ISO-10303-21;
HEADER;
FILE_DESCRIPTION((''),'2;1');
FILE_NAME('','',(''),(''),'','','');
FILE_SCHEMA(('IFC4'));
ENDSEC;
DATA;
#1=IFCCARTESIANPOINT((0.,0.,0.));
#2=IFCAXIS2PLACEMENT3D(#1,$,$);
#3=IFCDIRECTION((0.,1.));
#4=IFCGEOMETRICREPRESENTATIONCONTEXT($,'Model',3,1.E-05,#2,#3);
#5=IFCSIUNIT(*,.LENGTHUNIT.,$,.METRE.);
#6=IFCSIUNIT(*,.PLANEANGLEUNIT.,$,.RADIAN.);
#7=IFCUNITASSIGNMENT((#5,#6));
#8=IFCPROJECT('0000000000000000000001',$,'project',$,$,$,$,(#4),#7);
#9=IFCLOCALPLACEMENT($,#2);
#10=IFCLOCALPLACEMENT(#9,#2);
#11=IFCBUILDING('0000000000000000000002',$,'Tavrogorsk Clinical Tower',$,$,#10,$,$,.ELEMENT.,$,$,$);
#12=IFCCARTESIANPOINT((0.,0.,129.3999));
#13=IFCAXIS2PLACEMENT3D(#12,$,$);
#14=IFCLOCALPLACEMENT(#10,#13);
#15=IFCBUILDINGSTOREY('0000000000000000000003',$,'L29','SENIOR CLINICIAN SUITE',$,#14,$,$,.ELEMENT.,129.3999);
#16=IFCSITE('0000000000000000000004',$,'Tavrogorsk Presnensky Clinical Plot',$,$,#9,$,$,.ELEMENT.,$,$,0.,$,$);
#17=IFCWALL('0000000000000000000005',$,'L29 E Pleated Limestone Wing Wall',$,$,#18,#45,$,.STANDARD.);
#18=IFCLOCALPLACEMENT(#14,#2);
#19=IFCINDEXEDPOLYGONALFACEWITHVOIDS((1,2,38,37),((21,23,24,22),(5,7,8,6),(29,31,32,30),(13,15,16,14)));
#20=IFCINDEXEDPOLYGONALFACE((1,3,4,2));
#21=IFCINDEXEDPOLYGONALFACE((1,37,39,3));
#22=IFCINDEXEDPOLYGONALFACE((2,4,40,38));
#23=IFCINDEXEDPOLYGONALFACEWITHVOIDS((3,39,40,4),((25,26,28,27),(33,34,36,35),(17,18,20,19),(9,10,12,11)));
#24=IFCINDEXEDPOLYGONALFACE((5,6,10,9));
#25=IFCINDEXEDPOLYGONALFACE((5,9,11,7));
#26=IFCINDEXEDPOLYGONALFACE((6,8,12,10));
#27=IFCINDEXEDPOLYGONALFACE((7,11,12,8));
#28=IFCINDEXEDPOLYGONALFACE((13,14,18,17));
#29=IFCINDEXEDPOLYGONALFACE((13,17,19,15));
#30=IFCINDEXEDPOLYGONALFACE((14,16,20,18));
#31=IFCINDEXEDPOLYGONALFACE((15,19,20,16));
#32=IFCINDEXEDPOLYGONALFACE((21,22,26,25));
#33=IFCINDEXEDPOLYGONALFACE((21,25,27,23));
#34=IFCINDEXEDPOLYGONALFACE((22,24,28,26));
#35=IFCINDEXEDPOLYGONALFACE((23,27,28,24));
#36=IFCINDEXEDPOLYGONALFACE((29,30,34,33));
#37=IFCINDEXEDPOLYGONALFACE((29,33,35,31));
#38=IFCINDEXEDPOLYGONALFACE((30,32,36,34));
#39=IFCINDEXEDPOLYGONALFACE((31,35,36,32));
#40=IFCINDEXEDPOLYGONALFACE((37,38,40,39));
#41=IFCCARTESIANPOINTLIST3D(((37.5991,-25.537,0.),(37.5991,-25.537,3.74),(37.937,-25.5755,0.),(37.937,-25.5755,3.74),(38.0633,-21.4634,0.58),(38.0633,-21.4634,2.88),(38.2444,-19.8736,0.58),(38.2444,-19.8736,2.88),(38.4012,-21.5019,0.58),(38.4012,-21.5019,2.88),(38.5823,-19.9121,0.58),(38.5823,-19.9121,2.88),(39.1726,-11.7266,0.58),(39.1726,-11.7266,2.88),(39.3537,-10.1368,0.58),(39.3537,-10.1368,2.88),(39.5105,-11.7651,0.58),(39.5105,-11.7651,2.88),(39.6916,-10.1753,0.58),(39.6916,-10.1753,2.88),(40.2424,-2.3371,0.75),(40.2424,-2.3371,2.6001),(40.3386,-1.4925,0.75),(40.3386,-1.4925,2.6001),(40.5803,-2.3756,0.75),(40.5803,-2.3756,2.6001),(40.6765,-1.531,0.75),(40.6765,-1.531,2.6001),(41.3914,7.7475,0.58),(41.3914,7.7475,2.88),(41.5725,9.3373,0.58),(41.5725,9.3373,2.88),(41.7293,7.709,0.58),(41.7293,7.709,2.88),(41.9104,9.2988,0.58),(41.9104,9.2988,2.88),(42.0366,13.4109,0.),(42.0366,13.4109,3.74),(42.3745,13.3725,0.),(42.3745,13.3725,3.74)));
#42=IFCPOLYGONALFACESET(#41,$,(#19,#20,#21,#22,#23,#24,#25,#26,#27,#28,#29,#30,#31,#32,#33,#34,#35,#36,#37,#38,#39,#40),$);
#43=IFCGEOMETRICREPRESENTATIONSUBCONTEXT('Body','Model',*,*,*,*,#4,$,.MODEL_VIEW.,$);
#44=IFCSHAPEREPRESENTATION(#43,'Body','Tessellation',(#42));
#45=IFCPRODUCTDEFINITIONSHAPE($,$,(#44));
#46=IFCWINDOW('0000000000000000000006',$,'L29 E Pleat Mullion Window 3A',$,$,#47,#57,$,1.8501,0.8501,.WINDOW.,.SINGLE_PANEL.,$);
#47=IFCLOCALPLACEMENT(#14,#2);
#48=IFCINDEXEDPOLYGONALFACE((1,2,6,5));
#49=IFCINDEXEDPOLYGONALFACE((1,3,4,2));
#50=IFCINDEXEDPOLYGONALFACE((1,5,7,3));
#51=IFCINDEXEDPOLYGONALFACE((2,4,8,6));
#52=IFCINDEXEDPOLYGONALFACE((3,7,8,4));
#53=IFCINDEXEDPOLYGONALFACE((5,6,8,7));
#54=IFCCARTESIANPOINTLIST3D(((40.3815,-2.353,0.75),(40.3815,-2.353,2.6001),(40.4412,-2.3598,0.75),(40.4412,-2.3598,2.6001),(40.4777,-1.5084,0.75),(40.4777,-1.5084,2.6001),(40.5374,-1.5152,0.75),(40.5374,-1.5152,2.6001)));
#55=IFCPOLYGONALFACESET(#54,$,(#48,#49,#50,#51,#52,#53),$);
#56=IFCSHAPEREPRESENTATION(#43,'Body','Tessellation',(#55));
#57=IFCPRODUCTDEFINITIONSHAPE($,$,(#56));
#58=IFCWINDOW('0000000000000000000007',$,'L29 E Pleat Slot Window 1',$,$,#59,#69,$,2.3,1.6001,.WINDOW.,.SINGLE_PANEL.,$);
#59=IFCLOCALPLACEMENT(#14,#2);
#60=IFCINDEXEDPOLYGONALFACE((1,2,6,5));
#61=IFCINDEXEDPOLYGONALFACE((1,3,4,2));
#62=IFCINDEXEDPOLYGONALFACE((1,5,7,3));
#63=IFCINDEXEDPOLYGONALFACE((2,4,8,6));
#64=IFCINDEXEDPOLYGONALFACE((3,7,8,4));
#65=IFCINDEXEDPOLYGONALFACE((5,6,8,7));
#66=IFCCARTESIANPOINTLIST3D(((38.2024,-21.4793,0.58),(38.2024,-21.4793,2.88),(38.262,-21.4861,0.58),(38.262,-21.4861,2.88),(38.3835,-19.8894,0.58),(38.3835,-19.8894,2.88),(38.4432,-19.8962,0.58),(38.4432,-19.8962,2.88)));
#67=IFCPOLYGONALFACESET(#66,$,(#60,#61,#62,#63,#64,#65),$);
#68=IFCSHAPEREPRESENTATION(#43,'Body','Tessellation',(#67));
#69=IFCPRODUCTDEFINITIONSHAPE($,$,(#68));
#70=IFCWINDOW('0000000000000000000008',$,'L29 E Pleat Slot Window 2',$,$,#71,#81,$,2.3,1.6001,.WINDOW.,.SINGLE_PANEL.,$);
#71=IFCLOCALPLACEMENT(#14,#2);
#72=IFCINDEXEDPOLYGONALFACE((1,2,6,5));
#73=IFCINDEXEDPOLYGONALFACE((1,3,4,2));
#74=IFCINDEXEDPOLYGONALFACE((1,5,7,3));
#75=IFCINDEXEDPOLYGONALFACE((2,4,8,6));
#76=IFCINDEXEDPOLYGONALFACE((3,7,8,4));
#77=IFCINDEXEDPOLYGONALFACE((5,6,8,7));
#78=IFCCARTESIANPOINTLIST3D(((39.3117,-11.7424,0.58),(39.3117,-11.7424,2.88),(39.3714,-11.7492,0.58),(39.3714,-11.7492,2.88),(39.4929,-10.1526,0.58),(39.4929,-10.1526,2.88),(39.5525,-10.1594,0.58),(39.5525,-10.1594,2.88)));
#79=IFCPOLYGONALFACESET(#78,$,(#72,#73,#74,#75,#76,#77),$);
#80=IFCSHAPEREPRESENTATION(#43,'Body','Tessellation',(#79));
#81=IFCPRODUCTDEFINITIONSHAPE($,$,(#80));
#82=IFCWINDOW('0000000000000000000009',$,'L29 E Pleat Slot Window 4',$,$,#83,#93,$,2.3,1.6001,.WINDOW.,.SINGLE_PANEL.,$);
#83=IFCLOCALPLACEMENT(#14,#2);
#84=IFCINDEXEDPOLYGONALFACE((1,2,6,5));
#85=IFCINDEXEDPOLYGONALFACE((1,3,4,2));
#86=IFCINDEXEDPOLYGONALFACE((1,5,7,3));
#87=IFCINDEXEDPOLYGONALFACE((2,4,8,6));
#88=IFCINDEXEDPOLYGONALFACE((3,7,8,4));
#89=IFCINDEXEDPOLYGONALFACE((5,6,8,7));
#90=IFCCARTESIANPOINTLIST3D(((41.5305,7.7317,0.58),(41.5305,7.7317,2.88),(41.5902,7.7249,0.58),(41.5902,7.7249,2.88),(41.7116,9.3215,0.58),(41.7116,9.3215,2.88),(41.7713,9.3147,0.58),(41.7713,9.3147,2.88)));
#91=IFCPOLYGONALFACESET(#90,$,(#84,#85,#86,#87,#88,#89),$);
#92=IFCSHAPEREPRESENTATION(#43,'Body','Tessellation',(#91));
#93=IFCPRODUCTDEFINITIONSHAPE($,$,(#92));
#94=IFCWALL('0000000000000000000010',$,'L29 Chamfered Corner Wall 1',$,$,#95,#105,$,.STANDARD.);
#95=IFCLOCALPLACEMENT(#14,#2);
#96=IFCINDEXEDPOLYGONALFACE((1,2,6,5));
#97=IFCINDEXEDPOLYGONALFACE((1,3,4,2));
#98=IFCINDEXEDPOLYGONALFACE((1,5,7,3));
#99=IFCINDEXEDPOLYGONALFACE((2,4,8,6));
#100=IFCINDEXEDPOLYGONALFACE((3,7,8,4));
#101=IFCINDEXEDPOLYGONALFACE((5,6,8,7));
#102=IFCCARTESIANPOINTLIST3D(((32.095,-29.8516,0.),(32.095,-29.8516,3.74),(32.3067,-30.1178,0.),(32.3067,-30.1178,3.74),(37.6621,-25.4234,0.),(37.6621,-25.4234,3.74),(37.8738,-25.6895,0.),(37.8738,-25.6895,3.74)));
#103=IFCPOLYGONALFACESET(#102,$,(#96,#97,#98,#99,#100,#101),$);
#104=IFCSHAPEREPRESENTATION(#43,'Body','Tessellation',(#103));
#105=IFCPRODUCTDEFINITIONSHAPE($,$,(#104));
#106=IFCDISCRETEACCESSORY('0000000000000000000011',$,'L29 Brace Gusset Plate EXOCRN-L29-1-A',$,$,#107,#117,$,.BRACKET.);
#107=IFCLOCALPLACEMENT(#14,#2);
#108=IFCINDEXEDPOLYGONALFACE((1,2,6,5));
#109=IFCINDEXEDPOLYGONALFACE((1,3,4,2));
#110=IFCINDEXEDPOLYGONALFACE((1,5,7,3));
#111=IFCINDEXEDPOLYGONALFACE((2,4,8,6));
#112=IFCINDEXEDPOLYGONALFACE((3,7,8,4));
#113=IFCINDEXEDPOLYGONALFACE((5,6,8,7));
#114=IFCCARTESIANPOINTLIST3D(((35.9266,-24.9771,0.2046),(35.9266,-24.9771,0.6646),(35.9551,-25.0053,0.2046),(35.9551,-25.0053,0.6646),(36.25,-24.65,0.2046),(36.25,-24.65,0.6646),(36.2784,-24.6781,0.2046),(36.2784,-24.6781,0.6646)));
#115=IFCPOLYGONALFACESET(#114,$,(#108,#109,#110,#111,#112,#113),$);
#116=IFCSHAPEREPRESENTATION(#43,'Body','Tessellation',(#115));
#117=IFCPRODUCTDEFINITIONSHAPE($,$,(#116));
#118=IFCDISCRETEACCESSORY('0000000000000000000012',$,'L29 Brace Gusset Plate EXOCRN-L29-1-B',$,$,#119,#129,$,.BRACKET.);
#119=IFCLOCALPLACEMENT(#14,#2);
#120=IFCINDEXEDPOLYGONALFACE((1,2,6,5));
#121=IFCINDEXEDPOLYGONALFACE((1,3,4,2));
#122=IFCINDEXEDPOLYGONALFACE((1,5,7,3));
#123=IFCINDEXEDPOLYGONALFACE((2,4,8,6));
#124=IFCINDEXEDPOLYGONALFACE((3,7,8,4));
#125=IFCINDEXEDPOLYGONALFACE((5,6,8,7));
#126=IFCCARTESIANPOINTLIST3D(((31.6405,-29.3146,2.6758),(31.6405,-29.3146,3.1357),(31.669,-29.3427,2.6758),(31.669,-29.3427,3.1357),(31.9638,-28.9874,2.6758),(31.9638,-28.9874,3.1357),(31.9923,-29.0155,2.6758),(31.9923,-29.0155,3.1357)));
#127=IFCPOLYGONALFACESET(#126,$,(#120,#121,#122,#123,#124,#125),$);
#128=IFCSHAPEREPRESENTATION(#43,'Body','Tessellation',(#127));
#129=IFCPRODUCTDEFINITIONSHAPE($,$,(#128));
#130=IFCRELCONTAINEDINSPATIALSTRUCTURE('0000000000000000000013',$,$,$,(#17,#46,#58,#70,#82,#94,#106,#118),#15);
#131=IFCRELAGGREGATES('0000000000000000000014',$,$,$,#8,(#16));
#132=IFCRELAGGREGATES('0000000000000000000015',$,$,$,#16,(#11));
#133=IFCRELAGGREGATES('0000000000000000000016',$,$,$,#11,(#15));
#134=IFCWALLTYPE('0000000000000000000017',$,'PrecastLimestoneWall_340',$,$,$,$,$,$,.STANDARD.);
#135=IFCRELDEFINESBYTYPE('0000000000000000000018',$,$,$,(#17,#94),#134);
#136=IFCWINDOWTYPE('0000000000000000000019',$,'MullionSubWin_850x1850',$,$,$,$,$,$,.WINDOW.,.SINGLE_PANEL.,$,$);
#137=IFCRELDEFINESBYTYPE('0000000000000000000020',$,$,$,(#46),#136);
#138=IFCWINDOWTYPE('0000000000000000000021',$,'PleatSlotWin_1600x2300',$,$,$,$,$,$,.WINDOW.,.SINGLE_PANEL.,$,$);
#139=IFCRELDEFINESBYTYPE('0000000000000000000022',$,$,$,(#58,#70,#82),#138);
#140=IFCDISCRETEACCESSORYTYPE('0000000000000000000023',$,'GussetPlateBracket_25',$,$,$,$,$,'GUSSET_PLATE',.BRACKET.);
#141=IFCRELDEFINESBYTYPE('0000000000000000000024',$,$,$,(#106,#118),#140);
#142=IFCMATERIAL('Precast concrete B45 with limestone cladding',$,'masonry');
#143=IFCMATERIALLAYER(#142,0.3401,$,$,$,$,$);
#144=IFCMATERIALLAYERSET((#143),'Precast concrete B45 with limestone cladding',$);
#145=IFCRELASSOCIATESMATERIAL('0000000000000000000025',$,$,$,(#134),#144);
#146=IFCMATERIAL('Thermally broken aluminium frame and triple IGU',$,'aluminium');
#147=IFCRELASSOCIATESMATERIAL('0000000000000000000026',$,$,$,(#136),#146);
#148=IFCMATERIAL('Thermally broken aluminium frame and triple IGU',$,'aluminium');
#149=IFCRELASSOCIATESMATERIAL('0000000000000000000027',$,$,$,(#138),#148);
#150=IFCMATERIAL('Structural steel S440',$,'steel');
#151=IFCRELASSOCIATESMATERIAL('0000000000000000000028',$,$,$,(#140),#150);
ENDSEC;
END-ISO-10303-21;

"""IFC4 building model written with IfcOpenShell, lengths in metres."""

from ifc_helpers import new_model, si_unit, direction, frame, frame_2d, origin, origin_2d, place, context, subcontext, project, spatial, rectangle, extrude, material, layer, layer_set, type_object, element, fill, save


model = new_model("IFC4")

# Units and contexts
model_context = context("Model", 3, precision=1e-05, world=origin(), true_north=direction((0.0, 1.0)))
body_context = subcontext(model_context, "Body", "Model", "MODEL_VIEW")
ifc_project = project(units=[si_unit("LENGTHUNIT", "METRE"), si_unit("PLANEANGLEUNIT", "RADIAN")], contexts=[model_context])

# Site, building, storey
site_placement = place(None, origin())
site = spatial("IfcSite", under=ifc_project, at=site_placement, Name="Tavrogorsk Presnensky Clinical Plot", CompositionType="ELEMENT", RefElevation=0.0)
building_placement = place(site_placement, origin())
building = spatial("IfcBuilding", under=site, at=building_placement, Name="Tavrogorsk Clinical Tower", CompositionType="ELEMENT")
storey_placement = place(building_placement, frame((0.0, 0.0, 129.3999)))
storey = spatial("IfcBuildingStorey", under=building, at=storey_placement, Name="L29", Description="SENIOR CLINICIAN SUITE", CompositionType="ELEMENT", Elevation=129.3999)

# Wall, openings, windows
ifc_material_1 = material(Name="Precast concrete B45 with limestone cladding", Category="masonry")
ifc_layer_1 = layer(ifc_material_1, 0.3401)
ifc_layer_set_1 = layer_set([ifc_layer_1], Name="Precast concrete B45 with limestone cladding")
wall_type_1 = type_object("IfcWallType", Name="PrecastLimestoneWall_340", PredefinedType="STANDARD", material=ifc_layer_set_1)
wall_1_placement = place(storey_placement, frame((37.7681, -25.5564, 0.0), z_axis=(0.0, 0.0, 1.0), x_axis=(0.113202, 0.993572, 0.0)))
wall_1 = element("IfcWall", 1, at=wall_1_placement, inside=storey, type_object=wall_type_1, Name="L29 E Pleated Limestone Wing Wall", PredefinedType="STANDARD", context=body_context, shape_type="SweptSolid", body=[
    extrude(rectangle(XDim=39.2, YDim=0.3401, at=frame_2d((19.6001, 0.0))), origin(), (0.0, 0.0, 1.0), 3.74),
])
opening_1_placement = place(wall_1_placement, frame((4.1001, 0.0, 0.5801)))
opening_1 = element("IfcOpeningElement", 2, at=opening_1_placement, cuts=wall_1, PredefinedType="OPENING", context=body_context, shape_type="SweptSolid", body=[
    extrude(rectangle(XDim=1.6001, YDim=2.3, at=frame_2d((0.8, 1.1499))), frame((0.0, 0.1799, 0.0), z_axis=(0.0, -1.0, 0.0), x_axis=(1.0, 0.0, 0.0)), (0.0, 0.0, 1.0), 0.3601),
])
opening_2_placement = place(wall_1_placement, frame((13.8999, 0.0, 0.5801)))
opening_2 = element("IfcOpeningElement", 3, at=opening_2_placement, cuts=wall_1, PredefinedType="OPENING", context=body_context, shape_type="SweptSolid", body=[
    extrude(rectangle(XDim=1.6001, YDim=2.3, at=frame_2d((0.8, 1.1499))), frame((0.0, 0.1799, 0.0), z_axis=(0.0, -1.0, 0.0), x_axis=(1.0, 0.0, 0.0)), (0.0, 0.0, 1.0), 0.3601),
])
opening_3_placement = place(wall_1_placement, frame((23.3501, 0.0, 0.75)))
opening_3 = element("IfcOpeningElement", 4, at=opening_3_placement, cuts=wall_1, PredefinedType="OPENING", context=body_context, shape_type="SweptSolid", body=[
    extrude(rectangle(XDim=0.8501, YDim=1.8501, at=frame_2d((0.425, 0.925))), frame((0.0, 0.1799, 0.0), z_axis=(0.0, -1.0, 0.0), x_axis=(1.0, 0.0, 0.0)), (0.0, 0.0, 1.0), 0.3601),
])
opening_4_placement = place(wall_1_placement, frame((33.5, 0.0, 0.5801)))
opening_4 = element("IfcOpeningElement", 5, at=opening_4_placement, cuts=wall_1, PredefinedType="OPENING", context=body_context, shape_type="SweptSolid", body=[
    extrude(rectangle(XDim=1.6001, YDim=2.3, at=frame_2d((0.8, 1.1499))), frame((0.0, 0.1799, 0.0), z_axis=(0.0, -1.0, 0.0), x_axis=(1.0, 0.0, 0.0)), (0.0, 0.0, 1.0), 0.3601),
])
ifc_material_2 = material(Name="Thermally broken aluminium frame and triple IGU", Category="aluminium")
window_type_1 = type_object("IfcWindowType", Name="MullionSubWin_850x1850", PartitioningType="SINGLE_PANEL", PredefinedType="WINDOW", material=ifc_material_2)
window_1_placement = place(opening_3_placement, origin())
window_1 = element("IfcWindow", 6, at=window_1_placement, inside=storey, type_object=window_type_1, Name="L29 E Pleat Mullion Window 3A", OverallHeight=1.8501, OverallWidth=0.8501, PartitioningType="SINGLE_PANEL", PredefinedType="WINDOW", context=body_context, shape_type="SweptSolid", body=[
    extrude(rectangle(XDim=0.8501, YDim=1.8501, at=frame_2d((0.425, 0.925))), frame((0.0, 0.03, 0.0), z_axis=(0.0, -1.0, 0.0), x_axis=(1.0, 0.0, 0.0)), (0.0, 0.0, 1.0), 0.0601),
])
fill(opening_3, window_1)
ifc_material_3 = material(Name="Thermally broken aluminium frame and triple IGU", Category="aluminium")
window_type_2 = type_object("IfcWindowType", Name="PleatSlotWin_1600x2300", PartitioningType="SINGLE_PANEL", PredefinedType="WINDOW", material=ifc_material_3)
window_2_placement = place(opening_1_placement, origin())
window_2 = element("IfcWindow", 7, at=window_2_placement, inside=storey, type_object=window_type_2, Name="L29 E Pleat Slot Window 1", OverallHeight=2.3, OverallWidth=1.6001, PartitioningType="SINGLE_PANEL", PredefinedType="WINDOW", context=body_context, shape_type="SweptSolid", body=[
    extrude(rectangle(XDim=1.6001, YDim=2.3, at=frame_2d((0.8, 1.1499))), frame((0.0, 0.03, 0.0), z_axis=(0.0, -1.0, 0.0), x_axis=(1.0, 0.0, 0.0)), (0.0, 0.0, 1.0), 0.0601),
])
fill(opening_1, window_2)
window_3_placement = place(opening_2_placement, origin())
window_3 = element("IfcWindow", 8, at=window_3_placement, inside=storey, type_object=window_type_2, Name="L29 E Pleat Slot Window 2", OverallHeight=2.3, OverallWidth=1.6001, PartitioningType="SINGLE_PANEL", PredefinedType="WINDOW", context=body_context, shape_type="SweptSolid", body=[
    extrude(rectangle(XDim=1.6001, YDim=2.3, at=frame_2d((0.8, 1.1499))), frame((0.0, 0.03, 0.0), z_axis=(0.0, -1.0, 0.0), x_axis=(1.0, 0.0, 0.0)), (0.0, 0.0, 1.0), 0.0601),
])
fill(opening_2, window_3)
window_4_placement = place(opening_4_placement, origin())
window_4 = element("IfcWindow", 9, at=window_4_placement, inside=storey, type_object=window_type_2, Name="L29 E Pleat Slot Window 4", OverallHeight=2.3, OverallWidth=1.6001, PartitioningType="SINGLE_PANEL", PredefinedType="WINDOW", context=body_context, shape_type="SweptSolid", body=[
    extrude(rectangle(XDim=1.6001, YDim=2.3, at=frame_2d((0.8, 1.1499))), frame((0.0, 0.03, 0.0), z_axis=(0.0, -1.0, 0.0), x_axis=(1.0, 0.0, 0.0)), (0.0, 0.0, 1.0), 0.0601),
])
fill(opening_4, window_4)

# Wall
wall_2_placement = place(storey_placement, frame((32.2009, -29.9846, 0.0), z_axis=(0.0, 0.0, 1.0), x_axis=(0.782614, 0.622508, 0.0)))
element("IfcWall", 10, at=wall_2_placement, inside=storey, type_object=wall_type_1, Name="L29 Chamfered Corner Wall 1", PredefinedType="STANDARD", context=body_context, shape_type="SweptSolid", body=[
    extrude(rectangle(XDim=7.1135, YDim=0.3401, at=frame_2d((3.5566, 0.0))), origin(), (0.0, 0.0, 1.0), 3.74),
])

# Discrete accessories
ifc_material_4 = material(Name="Structural steel S440", Category="steel")
discrete_accessory_type = type_object("IfcDiscreteAccessoryType", Name="GussetPlateBracket_25", ElementType="GUSSET_PLATE", PredefinedType="BRACKET", material=ifc_material_4)
for number, where, z_axis, x_axis, name in (
    (11, (36.1025, -24.8276, 0.2046), (0.0, 0.0, 1.0), (-0.702898, -0.71129, 0.0), "L29 Brace Gusset Plate EXOCRN-L29-1-A"),
    (12, (31.8164, -29.165, 2.6758), (0.0, 0.0, 1.0), (-0.702898, -0.71129, 0.0), "L29 Brace Gusset Plate EXOCRN-L29-1-B"),
):
    element("IfcDiscreteAccessory", number, at=place(storey_placement, frame(where, z_axis=z_axis, x_axis=x_axis)), inside=storey, type_object=discrete_accessory_type, Name=name, PredefinedType="BRACKET", context=body_context, shape_type="SweptSolid", body=[
        extrude(rectangle(XDim=0.46, YDim=0.04, at=origin_2d()), origin(), (0.0, 0.0, 1.0), 0.46),
    ])

save(model, "model.ifc")
